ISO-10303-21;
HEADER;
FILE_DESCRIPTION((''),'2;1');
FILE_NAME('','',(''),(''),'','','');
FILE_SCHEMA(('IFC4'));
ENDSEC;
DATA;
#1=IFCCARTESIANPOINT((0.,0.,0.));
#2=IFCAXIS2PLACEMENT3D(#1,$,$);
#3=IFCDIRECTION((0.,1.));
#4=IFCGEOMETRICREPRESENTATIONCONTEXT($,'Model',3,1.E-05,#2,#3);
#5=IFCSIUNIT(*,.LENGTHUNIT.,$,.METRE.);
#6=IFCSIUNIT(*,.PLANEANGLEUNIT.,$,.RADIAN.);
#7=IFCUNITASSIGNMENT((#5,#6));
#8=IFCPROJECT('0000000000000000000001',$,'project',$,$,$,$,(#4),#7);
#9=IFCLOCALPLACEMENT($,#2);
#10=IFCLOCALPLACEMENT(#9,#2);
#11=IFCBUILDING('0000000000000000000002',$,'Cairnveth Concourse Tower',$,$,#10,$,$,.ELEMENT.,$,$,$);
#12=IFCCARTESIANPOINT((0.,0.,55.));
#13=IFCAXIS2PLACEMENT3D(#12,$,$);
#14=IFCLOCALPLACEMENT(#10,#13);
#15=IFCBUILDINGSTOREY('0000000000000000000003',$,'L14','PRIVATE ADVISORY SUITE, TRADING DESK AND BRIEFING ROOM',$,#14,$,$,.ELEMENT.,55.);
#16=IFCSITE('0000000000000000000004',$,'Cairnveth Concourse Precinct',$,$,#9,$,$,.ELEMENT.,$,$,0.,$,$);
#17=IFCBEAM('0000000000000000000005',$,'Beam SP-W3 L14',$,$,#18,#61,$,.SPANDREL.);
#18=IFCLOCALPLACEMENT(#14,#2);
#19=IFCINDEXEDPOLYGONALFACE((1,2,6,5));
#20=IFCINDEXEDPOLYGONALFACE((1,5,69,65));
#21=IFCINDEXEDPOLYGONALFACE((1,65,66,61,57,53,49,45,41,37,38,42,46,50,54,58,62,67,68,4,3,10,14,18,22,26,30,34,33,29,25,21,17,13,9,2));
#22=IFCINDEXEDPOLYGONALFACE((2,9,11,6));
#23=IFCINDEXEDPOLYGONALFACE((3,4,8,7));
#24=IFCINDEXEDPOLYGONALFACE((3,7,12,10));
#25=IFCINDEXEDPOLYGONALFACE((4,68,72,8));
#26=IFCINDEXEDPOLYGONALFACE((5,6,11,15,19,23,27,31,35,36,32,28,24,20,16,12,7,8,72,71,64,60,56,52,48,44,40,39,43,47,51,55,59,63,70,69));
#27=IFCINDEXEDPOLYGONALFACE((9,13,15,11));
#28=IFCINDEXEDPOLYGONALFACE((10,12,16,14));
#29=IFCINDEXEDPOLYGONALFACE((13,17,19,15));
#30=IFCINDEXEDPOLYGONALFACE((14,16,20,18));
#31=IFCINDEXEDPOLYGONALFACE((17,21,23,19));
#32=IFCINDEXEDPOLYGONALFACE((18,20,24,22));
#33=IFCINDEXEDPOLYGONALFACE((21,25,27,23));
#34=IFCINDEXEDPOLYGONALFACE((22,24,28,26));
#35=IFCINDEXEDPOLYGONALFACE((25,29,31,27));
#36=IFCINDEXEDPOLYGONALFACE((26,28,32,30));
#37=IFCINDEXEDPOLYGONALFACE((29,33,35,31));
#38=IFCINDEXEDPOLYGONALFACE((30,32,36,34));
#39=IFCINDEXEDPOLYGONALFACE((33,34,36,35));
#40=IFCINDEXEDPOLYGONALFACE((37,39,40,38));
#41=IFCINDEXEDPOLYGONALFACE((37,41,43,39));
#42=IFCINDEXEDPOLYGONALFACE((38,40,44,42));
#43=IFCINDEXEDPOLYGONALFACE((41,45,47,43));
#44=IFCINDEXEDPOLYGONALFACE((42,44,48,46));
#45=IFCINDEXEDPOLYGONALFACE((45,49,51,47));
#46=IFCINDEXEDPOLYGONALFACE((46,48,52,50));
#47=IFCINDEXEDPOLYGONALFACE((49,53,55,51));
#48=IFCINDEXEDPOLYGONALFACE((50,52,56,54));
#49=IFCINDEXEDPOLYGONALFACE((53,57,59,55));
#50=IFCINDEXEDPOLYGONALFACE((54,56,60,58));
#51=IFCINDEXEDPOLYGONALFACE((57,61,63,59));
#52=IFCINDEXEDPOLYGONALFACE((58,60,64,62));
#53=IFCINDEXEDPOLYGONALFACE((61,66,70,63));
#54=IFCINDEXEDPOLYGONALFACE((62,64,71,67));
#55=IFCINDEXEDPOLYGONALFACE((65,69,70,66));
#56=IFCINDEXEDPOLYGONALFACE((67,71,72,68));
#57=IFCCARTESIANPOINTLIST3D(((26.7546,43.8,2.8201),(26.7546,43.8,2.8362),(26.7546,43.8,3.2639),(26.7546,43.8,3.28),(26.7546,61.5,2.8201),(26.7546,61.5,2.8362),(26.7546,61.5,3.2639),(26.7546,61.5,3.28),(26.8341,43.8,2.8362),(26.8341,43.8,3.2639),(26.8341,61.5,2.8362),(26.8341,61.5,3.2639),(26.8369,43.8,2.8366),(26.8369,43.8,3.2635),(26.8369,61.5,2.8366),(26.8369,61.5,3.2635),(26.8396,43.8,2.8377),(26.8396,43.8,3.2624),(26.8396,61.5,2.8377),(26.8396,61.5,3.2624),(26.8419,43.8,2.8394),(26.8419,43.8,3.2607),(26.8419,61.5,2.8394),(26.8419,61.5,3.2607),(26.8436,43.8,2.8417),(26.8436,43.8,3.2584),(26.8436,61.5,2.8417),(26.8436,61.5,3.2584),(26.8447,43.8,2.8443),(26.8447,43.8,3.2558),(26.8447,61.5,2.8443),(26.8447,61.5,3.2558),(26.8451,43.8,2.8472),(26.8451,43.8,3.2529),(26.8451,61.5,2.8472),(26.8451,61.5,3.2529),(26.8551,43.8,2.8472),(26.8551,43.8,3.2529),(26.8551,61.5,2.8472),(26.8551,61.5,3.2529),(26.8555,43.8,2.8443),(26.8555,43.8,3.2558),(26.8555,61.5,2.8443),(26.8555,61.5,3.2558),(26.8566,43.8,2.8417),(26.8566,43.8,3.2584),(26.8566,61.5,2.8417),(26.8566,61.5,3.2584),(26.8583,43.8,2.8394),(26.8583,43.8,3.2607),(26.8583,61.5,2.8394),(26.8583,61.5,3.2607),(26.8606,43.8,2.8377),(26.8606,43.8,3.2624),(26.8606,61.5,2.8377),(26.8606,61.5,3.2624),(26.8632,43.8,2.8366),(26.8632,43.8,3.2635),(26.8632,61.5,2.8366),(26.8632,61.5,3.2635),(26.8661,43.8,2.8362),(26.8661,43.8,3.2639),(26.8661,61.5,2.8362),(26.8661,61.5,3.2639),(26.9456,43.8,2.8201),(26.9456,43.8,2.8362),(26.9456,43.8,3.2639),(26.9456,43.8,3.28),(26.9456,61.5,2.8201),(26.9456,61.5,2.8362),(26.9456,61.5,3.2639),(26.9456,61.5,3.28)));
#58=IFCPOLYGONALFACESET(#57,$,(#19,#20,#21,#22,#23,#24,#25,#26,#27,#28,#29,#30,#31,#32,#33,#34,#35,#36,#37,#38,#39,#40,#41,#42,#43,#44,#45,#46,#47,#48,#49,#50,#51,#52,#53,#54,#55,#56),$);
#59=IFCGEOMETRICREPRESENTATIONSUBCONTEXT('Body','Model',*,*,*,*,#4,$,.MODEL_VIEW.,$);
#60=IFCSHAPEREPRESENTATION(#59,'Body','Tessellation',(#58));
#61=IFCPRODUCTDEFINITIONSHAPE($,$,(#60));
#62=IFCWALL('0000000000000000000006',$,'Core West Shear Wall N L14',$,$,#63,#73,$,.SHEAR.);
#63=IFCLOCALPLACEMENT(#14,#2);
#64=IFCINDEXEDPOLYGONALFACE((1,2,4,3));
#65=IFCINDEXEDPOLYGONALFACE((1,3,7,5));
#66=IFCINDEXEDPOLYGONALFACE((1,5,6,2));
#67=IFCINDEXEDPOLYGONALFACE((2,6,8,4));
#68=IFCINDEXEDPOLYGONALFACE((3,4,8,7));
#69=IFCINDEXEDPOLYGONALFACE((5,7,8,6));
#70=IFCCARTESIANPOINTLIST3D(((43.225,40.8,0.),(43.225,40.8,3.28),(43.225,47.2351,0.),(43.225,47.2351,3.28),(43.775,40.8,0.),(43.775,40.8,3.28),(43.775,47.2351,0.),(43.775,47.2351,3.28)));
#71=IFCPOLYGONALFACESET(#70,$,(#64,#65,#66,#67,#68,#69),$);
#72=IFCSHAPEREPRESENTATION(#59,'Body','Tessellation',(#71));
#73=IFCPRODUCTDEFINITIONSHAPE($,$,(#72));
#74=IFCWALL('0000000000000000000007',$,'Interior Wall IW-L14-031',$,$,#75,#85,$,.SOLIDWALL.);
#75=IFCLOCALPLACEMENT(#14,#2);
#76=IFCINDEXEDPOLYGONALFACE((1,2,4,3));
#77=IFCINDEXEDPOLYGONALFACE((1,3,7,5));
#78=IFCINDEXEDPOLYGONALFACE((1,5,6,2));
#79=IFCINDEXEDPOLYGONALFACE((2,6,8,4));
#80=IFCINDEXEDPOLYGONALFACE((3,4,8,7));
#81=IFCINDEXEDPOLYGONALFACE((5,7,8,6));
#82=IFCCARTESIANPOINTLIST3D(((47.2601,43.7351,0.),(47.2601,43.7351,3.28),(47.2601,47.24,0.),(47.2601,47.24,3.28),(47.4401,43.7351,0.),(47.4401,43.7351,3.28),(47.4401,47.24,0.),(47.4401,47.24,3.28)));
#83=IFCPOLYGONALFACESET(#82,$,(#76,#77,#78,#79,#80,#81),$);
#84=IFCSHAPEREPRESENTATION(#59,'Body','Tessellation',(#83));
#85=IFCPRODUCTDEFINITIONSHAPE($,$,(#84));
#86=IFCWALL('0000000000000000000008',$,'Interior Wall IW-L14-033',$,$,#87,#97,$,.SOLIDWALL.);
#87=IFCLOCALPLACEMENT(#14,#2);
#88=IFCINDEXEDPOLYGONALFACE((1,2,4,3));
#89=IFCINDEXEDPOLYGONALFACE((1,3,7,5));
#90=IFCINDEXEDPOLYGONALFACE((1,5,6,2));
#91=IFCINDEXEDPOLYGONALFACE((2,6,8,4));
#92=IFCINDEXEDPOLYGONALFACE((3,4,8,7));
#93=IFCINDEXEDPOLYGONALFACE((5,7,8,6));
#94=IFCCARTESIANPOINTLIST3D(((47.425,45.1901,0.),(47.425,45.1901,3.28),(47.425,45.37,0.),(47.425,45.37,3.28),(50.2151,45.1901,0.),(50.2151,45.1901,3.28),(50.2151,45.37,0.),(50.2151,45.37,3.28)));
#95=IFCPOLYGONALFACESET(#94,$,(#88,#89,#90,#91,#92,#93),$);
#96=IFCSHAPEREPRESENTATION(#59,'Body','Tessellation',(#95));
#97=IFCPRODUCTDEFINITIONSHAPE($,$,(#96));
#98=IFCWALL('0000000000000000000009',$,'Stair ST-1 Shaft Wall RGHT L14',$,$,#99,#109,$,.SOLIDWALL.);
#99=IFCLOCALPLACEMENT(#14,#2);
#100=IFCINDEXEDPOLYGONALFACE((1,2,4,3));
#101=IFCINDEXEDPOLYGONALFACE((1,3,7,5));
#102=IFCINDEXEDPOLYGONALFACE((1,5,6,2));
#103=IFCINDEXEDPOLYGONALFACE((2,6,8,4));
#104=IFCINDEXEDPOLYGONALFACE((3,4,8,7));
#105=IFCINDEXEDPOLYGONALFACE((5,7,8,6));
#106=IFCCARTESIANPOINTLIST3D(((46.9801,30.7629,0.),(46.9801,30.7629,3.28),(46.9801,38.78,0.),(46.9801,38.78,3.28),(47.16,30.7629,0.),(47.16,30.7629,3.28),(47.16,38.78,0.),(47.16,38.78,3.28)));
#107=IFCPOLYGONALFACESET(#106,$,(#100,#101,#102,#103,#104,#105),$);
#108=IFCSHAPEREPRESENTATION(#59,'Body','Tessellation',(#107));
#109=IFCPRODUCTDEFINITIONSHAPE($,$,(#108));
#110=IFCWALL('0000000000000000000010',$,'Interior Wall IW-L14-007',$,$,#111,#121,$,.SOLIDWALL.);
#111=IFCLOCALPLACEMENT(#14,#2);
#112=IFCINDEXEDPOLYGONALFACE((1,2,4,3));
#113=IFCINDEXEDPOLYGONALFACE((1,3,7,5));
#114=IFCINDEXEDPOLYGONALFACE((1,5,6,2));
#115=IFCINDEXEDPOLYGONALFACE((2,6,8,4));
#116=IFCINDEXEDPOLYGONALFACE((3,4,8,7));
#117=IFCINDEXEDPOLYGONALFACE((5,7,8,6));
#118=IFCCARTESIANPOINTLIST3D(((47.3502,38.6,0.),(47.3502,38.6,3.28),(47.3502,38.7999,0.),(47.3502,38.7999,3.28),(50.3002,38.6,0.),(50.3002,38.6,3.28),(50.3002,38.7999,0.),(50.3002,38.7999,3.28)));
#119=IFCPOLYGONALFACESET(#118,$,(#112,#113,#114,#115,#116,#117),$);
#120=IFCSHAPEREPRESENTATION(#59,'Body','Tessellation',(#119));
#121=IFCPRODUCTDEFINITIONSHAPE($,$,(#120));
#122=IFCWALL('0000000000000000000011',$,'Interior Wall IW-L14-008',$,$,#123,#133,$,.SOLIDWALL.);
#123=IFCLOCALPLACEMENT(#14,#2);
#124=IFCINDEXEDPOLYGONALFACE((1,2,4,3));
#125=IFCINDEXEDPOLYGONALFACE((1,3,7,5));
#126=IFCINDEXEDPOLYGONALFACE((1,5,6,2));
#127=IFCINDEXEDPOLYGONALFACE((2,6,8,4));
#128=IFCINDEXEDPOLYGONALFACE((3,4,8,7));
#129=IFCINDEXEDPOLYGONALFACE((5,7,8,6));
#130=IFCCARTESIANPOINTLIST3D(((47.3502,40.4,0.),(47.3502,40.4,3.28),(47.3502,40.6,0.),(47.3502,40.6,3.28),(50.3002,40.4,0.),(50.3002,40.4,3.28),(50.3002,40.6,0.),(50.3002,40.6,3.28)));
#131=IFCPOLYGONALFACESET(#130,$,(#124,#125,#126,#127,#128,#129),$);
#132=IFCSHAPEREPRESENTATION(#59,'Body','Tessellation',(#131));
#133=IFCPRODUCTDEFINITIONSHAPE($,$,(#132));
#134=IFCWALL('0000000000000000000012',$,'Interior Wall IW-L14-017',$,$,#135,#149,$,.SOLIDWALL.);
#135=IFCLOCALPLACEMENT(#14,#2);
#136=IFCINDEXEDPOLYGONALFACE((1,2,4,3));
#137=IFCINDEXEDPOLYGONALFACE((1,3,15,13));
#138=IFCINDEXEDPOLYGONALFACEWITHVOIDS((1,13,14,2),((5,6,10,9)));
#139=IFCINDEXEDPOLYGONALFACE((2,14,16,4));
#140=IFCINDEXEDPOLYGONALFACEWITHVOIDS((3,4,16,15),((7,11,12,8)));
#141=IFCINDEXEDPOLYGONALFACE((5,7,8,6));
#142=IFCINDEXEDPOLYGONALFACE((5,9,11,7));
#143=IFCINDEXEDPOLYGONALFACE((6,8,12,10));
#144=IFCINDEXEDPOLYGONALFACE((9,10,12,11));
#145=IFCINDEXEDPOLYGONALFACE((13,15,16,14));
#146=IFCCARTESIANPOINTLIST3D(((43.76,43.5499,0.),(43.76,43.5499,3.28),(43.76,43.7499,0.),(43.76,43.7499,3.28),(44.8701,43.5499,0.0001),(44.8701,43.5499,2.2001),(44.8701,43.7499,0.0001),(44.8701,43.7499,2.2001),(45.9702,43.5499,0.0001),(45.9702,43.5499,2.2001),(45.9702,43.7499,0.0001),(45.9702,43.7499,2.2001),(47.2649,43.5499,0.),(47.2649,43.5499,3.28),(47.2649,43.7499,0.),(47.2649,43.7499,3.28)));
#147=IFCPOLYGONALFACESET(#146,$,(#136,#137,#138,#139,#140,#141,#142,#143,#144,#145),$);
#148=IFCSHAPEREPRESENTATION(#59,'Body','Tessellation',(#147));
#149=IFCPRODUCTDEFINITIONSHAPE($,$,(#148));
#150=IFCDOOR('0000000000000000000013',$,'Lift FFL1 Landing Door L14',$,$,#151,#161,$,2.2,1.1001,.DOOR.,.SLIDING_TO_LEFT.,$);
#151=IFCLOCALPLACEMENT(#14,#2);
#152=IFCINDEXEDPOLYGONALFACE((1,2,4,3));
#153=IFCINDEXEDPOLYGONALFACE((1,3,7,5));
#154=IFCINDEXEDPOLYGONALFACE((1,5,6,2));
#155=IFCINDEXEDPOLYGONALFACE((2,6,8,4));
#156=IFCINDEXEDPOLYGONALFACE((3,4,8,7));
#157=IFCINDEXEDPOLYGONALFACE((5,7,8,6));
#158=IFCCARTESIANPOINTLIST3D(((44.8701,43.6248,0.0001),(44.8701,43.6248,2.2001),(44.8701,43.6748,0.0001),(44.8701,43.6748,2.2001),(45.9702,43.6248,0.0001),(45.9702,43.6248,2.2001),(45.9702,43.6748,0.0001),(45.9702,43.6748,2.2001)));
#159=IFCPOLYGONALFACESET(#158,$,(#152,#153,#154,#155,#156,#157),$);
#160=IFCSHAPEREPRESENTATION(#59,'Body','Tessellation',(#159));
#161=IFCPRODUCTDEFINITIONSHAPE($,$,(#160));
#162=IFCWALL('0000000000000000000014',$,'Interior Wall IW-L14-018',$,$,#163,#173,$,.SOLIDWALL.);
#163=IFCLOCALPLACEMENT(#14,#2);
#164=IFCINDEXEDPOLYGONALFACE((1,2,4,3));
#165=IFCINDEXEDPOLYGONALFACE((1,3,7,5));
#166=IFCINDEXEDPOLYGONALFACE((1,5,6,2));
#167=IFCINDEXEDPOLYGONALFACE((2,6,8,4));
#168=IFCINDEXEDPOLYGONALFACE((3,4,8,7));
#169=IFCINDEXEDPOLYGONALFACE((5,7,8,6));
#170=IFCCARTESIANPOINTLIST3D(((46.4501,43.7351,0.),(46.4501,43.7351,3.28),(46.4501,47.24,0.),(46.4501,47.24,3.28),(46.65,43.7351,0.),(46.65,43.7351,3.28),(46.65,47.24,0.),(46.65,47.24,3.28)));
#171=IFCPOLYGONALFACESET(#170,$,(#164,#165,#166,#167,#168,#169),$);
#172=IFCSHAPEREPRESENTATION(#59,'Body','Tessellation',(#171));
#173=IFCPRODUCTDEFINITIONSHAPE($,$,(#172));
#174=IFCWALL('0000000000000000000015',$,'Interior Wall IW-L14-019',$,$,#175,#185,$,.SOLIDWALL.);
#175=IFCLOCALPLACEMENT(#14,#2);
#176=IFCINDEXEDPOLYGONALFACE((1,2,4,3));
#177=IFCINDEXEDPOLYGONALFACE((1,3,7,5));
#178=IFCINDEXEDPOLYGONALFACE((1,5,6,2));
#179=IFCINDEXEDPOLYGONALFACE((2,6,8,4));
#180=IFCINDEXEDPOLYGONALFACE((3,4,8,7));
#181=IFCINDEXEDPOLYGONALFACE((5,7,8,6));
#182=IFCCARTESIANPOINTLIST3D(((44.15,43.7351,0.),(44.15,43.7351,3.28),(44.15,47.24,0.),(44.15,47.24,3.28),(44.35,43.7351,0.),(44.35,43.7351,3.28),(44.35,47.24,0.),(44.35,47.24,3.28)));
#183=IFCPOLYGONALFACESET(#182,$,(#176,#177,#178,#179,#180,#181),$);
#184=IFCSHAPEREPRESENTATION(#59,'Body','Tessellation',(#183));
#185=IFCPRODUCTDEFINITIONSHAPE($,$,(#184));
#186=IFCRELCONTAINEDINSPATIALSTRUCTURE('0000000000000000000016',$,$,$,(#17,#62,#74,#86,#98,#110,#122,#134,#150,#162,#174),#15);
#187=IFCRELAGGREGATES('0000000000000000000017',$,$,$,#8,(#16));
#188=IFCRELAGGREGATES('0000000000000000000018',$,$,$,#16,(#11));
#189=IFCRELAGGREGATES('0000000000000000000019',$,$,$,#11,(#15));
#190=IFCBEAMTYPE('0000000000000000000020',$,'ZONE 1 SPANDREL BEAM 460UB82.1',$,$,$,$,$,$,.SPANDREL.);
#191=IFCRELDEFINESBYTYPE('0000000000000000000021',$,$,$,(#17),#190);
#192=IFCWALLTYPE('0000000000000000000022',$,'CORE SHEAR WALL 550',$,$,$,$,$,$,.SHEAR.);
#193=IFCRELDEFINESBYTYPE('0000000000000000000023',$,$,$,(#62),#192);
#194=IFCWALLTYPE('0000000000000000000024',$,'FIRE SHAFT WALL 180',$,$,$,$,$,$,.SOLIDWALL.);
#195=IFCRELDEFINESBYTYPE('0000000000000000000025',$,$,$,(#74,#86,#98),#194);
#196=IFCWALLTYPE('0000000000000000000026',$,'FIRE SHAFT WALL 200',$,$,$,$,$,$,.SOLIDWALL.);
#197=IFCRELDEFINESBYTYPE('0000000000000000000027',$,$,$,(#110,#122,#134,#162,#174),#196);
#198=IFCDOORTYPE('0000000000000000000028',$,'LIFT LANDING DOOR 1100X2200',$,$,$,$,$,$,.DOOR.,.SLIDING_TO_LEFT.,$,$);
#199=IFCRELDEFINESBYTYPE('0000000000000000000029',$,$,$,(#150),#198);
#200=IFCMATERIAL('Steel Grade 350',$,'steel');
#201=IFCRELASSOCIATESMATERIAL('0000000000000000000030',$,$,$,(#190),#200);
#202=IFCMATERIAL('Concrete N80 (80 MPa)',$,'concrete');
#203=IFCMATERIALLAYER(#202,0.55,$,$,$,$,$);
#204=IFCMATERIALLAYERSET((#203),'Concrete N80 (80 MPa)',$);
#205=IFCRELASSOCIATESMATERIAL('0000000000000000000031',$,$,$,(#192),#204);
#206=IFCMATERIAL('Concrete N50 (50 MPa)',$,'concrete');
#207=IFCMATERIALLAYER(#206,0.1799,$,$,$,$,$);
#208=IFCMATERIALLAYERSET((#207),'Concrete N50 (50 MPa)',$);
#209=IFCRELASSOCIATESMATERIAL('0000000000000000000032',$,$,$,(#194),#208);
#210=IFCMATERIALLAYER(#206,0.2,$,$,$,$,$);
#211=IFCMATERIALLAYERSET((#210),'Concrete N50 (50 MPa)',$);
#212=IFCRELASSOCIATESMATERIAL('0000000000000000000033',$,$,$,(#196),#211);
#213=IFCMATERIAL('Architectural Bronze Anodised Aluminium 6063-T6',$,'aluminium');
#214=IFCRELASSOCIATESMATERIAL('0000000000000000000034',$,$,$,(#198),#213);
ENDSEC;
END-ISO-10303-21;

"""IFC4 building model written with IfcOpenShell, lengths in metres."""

from ifc_helpers import new_model, si_unit, direction, frame, frame_2d, origin, origin_2d, place, context, subcontext, project, spatial, rectangle, i_section, extrude, material, layer, layer_set, material_profile, profile_set, type_object, element, fill, save


model = new_model("IFC4")

# Units and contexts
model_context = context("Model", 3, precision=1e-05, world=origin(), true_north=direction((0.0, 1.0)))
body_context = subcontext(model_context, "Body", "Model", "MODEL_VIEW")
ifc_project = project(units=[si_unit("LENGTHUNIT", "METRE"), si_unit("PLANEANGLEUNIT", "RADIAN")], contexts=[model_context])

# Site, building, storey
site_placement = place(None, origin())
site = spatial("IfcSite", under=ifc_project, at=site_placement, Name="Cairnveth Concourse Precinct", CompositionType="ELEMENT", RefElevation=0.0)
building_placement = place(site_placement, origin())
building = spatial("IfcBuilding", under=site, at=building_placement, Name="Cairnveth Concourse Tower", CompositionType="ELEMENT")
storey_placement = place(building_placement, frame((0.0, 0.0, 55.0)))
storey = spatial("IfcBuildingStorey", under=building, at=storey_placement, Name="L14", Description="PRIVATE ADVISORY SUITE, TRADING DESK AND BRIEFING ROOM", CompositionType="ELEMENT", Elevation=55.0)

# Shared definitions
ifc_material_1 = material(Name="Concrete N80 (80 MPa)", Category="concrete")

# Beam
ifc_material_2 = material(Name="Steel Grade 350", Category="steel")
ifc_material_profile_1 = material_profile(ifc_material_2, i_section(OverallWidth=0.1909, OverallDepth=0.46, WebThickness=0.01, FlangeThickness=0.0161, FilletRadius=0.011, at=origin_2d()), Name="460UB82.1")
ifc_profile_set_1 = profile_set([ifc_material_profile_1], Name="Steel Grade 350")
beam_type_1 = type_object("IfcBeamType", Name="ZONE 1 SPANDREL BEAM 460UB82.1", PredefinedType="SPANDREL", material=ifc_profile_set_1)
beam_1_placement = place(storey_placement, frame((26.8501, 43.8, 3.05), z_axis=(0.0, 1.0, 0.0), x_axis=(-1.0, 0.0, 0.0)))
element("IfcBeam", 1, at=beam_1_placement, inside=storey, type_object=beam_type_1, Name="Beam SP-W3 L14", PredefinedType="SPANDREL", context=body_context, shape_type="SweptSolid", body=[
    extrude(i_section(OverallWidth=0.1909, OverallDepth=0.46, WebThickness=0.01, FlangeThickness=0.0161, FilletRadius=0.011, at=origin_2d()), origin(), (0.0, 0.0, 1.0), 17.7),
])

# Walls
ifc_layer_1 = layer(ifc_material_1, 0.55)
ifc_layer_set_1 = layer_set([ifc_layer_1], Name="Concrete N80 (80 MPa)")
wall_type_1 = type_object("IfcWallType", Name="CORE SHEAR WALL 550", PredefinedType="SHEAR", material=ifc_layer_set_1)
wall_1_placement = place(storey_placement, frame((43.5, 40.8, 0.0), z_axis=(0.0, 0.0, 1.0), x_axis=(0.0, 1.0, 0.0)))
element("IfcWall", 2, at=wall_1_placement, inside=storey, type_object=wall_type_1, Name="Core West Shear Wall N L14", PredefinedType="SHEAR", context=body_context, shape_type="SweptSolid", body=[
    extrude(rectangle(XDim=6.4351, YDim=0.55, at=frame_2d((3.2175, 0.0))), origin(), (0.0, 0.0, 1.0), 3.28),
])
ifc_material_3 = material(Name="Concrete N50 (50 MPa)", Category="concrete")
ifc_layer_2 = layer(ifc_material_3, 0.1799)
ifc_layer_set_2 = layer_set([ifc_layer_2], Name="Concrete N50 (50 MPa)")
wall_type_2 = type_object("IfcWallType", Name="FIRE SHAFT WALL 180", PredefinedType="SOLIDWALL", material=ifc_layer_set_2)
wall_2_placement = place(storey_placement, frame((47.3501, 43.7351, 0.0), z_axis=(0.0, 0.0, 1.0), x_axis=(0.0, 1.0, 0.0)))
element("IfcWall", 3, at=wall_2_placement, inside=storey, type_object=wall_type_2, Name="Interior Wall IW-L14-031", PredefinedType="SOLIDWALL", context=body_context, shape_type="SweptSolid", body=[
    extrude(rectangle(XDim=3.5049, YDim=0.1799, at=frame_2d((1.7524, 0.0))), origin(), (0.0, 0.0, 1.0), 3.28),
])
wall_3_placement = place(storey_placement, frame((47.425, 45.28, 0.0), z_axis=(0.0, 0.0, 1.0), x_axis=(1.0, 0.0, 0.0)))
element("IfcWall", 4, at=wall_3_placement, inside=storey, type_object=wall_type_2, Name="Interior Wall IW-L14-033", PredefinedType="SOLIDWALL", context=body_context, shape_type="SweptSolid", body=[
    extrude(rectangle(XDim=2.79, YDim=0.1799, at=frame_2d((1.395, 0.0))), origin(), (0.0, 0.0, 1.0), 3.28),
])

# Walls
wall_4_placement = place(storey_placement, frame((47.0701, 38.78, 0.0), z_axis=(0.0, 0.0, 1.0), x_axis=(0.0, -1.0, 0.0)))
element("IfcWall", 5, at=wall_4_placement, inside=storey, type_object=wall_type_2, Name="Stair ST-1 Shaft Wall RGHT L14", PredefinedType="SOLIDWALL", context=body_context, shape_type="SweptSolid", body=[
    extrude(rectangle(XDim=8.0171, YDim=0.1799, at=frame_2d((4.0085, 0.0))), origin(), (0.0, 0.0, 1.0), 3.28),
])
ifc_layer_3 = layer(ifc_material_3, 0.2)
ifc_layer_set_3 = layer_set([ifc_layer_3], Name="Concrete N50 (50 MPa)")
wall_type_3 = type_object("IfcWallType", Name="FIRE SHAFT WALL 200", PredefinedType="SOLIDWALL", material=ifc_layer_set_3)
for number, where, z_axis, x_axis, name in (
    (6, (47.3501, 38.7, 0.0), (0.0, 0.0, 1.0), (1.0, 0.0, 0.0), "Interior Wall IW-L14-007"),
    (7, (47.3501, 40.5, 0.0), (0.0, 0.0, 1.0), (1.0, 0.0, 0.0), "Interior Wall IW-L14-008"),
):
    element("IfcWall", number, at=place(storey_placement, frame(where, z_axis=z_axis, x_axis=x_axis)), inside=storey, type_object=wall_type_3, Name=name, PredefinedType="SOLIDWALL", context=body_context, shape_type="SweptSolid", body=[
        extrude(rectangle(XDim=2.95, YDim=0.2, at=frame_2d((1.4751, 0.0))), origin(), (0.0, 0.0, 1.0), 3.28),
    ])

# Wall, opening, door
wall_5_placement = place(storey_placement, frame((43.76, 43.6499, 0.0), z_axis=(0.0, 0.0, 1.0), x_axis=(1.0, 0.0, 0.0)))
wall_5 = element("IfcWall", 8, at=wall_5_placement, inside=storey, type_object=wall_type_3, Name="Interior Wall IW-L14-017", PredefinedType="SOLIDWALL", context=body_context, shape_type="SweptSolid", body=[
    extrude(rectangle(XDim=3.5049, YDim=0.2, at=frame_2d((1.7524, 0.0))), origin(), (0.0, 0.0, 1.0), 3.28),
])
opening_1_placement = place(wall_5_placement, frame((1.1101, 0.0, 0.0)))
opening_1 = element("IfcOpeningElement", 9, at=opening_1_placement, cuts=wall_5, PredefinedType="OPENING", context=body_context, shape_type="SweptSolid", body=[
    extrude(rectangle(XDim=1.1001, YDim=2.2, at=frame_2d((0.55, 1.1001))), frame((0.0, 0.1099, 0.0), z_axis=(0.0, -1.0, 0.0), x_axis=(1.0, 0.0, 0.0)), (0.0, 0.0, 1.0), 0.22),
])
ifc_material_4 = material(Name="Architectural Bronze Anodised Aluminium 6063-T6", Category="aluminium")
door_type_1 = type_object("IfcDoorType", Name="LIFT LANDING DOOR 1100X2200", OperationType="SLIDING_TO_LEFT", PredefinedType="DOOR", material=ifc_material_4)
door_1_placement = place(opening_1_placement, origin())
door_1 = element("IfcDoor", 10, at=door_1_placement, inside=storey, type_object=door_type_1, Name="Lift FFL1 Landing Door L14", OperationType="SLIDING_TO_LEFT", OverallHeight=2.2, OverallWidth=1.1001, PredefinedType="DOOR", context=body_context, shape_type="SweptSolid", body=[
    extrude(rectangle(XDim=1.1001, YDim=2.2, at=frame_2d((0.55, 1.1001))), frame((0.0, 0.0249, 0.0), z_axis=(0.0, -1.0, 0.0), x_axis=(1.0, 0.0, 0.0)), (0.0, 0.0, 1.0), 0.05),
])
fill(opening_1, door_1)

# Walls
for number, where, z_axis, x_axis, name in (
    (11, (46.55, 43.7351, 0.0), (0.0, 0.0, 1.0), (0.0, 1.0, 0.0), "Interior Wall IW-L14-018"),
    (12, (44.25, 43.7351, 0.0), (0.0, 0.0, 1.0), (0.0, 1.0, 0.0), "Interior Wall IW-L14-019"),
):
    element("IfcWall", number, at=place(storey_placement, frame(where, z_axis=z_axis, x_axis=x_axis)), inside=storey, type_object=wall_type_3, Name=name, PredefinedType="SOLIDWALL", context=body_context, shape_type="SweptSolid", body=[
        extrude(rectangle(XDim=3.5049, YDim=0.2, at=frame_2d((1.7524, 0.0))), origin(), (0.0, 0.0, 1.0), 3.28),
    ])

save(model, "model.ifc")
